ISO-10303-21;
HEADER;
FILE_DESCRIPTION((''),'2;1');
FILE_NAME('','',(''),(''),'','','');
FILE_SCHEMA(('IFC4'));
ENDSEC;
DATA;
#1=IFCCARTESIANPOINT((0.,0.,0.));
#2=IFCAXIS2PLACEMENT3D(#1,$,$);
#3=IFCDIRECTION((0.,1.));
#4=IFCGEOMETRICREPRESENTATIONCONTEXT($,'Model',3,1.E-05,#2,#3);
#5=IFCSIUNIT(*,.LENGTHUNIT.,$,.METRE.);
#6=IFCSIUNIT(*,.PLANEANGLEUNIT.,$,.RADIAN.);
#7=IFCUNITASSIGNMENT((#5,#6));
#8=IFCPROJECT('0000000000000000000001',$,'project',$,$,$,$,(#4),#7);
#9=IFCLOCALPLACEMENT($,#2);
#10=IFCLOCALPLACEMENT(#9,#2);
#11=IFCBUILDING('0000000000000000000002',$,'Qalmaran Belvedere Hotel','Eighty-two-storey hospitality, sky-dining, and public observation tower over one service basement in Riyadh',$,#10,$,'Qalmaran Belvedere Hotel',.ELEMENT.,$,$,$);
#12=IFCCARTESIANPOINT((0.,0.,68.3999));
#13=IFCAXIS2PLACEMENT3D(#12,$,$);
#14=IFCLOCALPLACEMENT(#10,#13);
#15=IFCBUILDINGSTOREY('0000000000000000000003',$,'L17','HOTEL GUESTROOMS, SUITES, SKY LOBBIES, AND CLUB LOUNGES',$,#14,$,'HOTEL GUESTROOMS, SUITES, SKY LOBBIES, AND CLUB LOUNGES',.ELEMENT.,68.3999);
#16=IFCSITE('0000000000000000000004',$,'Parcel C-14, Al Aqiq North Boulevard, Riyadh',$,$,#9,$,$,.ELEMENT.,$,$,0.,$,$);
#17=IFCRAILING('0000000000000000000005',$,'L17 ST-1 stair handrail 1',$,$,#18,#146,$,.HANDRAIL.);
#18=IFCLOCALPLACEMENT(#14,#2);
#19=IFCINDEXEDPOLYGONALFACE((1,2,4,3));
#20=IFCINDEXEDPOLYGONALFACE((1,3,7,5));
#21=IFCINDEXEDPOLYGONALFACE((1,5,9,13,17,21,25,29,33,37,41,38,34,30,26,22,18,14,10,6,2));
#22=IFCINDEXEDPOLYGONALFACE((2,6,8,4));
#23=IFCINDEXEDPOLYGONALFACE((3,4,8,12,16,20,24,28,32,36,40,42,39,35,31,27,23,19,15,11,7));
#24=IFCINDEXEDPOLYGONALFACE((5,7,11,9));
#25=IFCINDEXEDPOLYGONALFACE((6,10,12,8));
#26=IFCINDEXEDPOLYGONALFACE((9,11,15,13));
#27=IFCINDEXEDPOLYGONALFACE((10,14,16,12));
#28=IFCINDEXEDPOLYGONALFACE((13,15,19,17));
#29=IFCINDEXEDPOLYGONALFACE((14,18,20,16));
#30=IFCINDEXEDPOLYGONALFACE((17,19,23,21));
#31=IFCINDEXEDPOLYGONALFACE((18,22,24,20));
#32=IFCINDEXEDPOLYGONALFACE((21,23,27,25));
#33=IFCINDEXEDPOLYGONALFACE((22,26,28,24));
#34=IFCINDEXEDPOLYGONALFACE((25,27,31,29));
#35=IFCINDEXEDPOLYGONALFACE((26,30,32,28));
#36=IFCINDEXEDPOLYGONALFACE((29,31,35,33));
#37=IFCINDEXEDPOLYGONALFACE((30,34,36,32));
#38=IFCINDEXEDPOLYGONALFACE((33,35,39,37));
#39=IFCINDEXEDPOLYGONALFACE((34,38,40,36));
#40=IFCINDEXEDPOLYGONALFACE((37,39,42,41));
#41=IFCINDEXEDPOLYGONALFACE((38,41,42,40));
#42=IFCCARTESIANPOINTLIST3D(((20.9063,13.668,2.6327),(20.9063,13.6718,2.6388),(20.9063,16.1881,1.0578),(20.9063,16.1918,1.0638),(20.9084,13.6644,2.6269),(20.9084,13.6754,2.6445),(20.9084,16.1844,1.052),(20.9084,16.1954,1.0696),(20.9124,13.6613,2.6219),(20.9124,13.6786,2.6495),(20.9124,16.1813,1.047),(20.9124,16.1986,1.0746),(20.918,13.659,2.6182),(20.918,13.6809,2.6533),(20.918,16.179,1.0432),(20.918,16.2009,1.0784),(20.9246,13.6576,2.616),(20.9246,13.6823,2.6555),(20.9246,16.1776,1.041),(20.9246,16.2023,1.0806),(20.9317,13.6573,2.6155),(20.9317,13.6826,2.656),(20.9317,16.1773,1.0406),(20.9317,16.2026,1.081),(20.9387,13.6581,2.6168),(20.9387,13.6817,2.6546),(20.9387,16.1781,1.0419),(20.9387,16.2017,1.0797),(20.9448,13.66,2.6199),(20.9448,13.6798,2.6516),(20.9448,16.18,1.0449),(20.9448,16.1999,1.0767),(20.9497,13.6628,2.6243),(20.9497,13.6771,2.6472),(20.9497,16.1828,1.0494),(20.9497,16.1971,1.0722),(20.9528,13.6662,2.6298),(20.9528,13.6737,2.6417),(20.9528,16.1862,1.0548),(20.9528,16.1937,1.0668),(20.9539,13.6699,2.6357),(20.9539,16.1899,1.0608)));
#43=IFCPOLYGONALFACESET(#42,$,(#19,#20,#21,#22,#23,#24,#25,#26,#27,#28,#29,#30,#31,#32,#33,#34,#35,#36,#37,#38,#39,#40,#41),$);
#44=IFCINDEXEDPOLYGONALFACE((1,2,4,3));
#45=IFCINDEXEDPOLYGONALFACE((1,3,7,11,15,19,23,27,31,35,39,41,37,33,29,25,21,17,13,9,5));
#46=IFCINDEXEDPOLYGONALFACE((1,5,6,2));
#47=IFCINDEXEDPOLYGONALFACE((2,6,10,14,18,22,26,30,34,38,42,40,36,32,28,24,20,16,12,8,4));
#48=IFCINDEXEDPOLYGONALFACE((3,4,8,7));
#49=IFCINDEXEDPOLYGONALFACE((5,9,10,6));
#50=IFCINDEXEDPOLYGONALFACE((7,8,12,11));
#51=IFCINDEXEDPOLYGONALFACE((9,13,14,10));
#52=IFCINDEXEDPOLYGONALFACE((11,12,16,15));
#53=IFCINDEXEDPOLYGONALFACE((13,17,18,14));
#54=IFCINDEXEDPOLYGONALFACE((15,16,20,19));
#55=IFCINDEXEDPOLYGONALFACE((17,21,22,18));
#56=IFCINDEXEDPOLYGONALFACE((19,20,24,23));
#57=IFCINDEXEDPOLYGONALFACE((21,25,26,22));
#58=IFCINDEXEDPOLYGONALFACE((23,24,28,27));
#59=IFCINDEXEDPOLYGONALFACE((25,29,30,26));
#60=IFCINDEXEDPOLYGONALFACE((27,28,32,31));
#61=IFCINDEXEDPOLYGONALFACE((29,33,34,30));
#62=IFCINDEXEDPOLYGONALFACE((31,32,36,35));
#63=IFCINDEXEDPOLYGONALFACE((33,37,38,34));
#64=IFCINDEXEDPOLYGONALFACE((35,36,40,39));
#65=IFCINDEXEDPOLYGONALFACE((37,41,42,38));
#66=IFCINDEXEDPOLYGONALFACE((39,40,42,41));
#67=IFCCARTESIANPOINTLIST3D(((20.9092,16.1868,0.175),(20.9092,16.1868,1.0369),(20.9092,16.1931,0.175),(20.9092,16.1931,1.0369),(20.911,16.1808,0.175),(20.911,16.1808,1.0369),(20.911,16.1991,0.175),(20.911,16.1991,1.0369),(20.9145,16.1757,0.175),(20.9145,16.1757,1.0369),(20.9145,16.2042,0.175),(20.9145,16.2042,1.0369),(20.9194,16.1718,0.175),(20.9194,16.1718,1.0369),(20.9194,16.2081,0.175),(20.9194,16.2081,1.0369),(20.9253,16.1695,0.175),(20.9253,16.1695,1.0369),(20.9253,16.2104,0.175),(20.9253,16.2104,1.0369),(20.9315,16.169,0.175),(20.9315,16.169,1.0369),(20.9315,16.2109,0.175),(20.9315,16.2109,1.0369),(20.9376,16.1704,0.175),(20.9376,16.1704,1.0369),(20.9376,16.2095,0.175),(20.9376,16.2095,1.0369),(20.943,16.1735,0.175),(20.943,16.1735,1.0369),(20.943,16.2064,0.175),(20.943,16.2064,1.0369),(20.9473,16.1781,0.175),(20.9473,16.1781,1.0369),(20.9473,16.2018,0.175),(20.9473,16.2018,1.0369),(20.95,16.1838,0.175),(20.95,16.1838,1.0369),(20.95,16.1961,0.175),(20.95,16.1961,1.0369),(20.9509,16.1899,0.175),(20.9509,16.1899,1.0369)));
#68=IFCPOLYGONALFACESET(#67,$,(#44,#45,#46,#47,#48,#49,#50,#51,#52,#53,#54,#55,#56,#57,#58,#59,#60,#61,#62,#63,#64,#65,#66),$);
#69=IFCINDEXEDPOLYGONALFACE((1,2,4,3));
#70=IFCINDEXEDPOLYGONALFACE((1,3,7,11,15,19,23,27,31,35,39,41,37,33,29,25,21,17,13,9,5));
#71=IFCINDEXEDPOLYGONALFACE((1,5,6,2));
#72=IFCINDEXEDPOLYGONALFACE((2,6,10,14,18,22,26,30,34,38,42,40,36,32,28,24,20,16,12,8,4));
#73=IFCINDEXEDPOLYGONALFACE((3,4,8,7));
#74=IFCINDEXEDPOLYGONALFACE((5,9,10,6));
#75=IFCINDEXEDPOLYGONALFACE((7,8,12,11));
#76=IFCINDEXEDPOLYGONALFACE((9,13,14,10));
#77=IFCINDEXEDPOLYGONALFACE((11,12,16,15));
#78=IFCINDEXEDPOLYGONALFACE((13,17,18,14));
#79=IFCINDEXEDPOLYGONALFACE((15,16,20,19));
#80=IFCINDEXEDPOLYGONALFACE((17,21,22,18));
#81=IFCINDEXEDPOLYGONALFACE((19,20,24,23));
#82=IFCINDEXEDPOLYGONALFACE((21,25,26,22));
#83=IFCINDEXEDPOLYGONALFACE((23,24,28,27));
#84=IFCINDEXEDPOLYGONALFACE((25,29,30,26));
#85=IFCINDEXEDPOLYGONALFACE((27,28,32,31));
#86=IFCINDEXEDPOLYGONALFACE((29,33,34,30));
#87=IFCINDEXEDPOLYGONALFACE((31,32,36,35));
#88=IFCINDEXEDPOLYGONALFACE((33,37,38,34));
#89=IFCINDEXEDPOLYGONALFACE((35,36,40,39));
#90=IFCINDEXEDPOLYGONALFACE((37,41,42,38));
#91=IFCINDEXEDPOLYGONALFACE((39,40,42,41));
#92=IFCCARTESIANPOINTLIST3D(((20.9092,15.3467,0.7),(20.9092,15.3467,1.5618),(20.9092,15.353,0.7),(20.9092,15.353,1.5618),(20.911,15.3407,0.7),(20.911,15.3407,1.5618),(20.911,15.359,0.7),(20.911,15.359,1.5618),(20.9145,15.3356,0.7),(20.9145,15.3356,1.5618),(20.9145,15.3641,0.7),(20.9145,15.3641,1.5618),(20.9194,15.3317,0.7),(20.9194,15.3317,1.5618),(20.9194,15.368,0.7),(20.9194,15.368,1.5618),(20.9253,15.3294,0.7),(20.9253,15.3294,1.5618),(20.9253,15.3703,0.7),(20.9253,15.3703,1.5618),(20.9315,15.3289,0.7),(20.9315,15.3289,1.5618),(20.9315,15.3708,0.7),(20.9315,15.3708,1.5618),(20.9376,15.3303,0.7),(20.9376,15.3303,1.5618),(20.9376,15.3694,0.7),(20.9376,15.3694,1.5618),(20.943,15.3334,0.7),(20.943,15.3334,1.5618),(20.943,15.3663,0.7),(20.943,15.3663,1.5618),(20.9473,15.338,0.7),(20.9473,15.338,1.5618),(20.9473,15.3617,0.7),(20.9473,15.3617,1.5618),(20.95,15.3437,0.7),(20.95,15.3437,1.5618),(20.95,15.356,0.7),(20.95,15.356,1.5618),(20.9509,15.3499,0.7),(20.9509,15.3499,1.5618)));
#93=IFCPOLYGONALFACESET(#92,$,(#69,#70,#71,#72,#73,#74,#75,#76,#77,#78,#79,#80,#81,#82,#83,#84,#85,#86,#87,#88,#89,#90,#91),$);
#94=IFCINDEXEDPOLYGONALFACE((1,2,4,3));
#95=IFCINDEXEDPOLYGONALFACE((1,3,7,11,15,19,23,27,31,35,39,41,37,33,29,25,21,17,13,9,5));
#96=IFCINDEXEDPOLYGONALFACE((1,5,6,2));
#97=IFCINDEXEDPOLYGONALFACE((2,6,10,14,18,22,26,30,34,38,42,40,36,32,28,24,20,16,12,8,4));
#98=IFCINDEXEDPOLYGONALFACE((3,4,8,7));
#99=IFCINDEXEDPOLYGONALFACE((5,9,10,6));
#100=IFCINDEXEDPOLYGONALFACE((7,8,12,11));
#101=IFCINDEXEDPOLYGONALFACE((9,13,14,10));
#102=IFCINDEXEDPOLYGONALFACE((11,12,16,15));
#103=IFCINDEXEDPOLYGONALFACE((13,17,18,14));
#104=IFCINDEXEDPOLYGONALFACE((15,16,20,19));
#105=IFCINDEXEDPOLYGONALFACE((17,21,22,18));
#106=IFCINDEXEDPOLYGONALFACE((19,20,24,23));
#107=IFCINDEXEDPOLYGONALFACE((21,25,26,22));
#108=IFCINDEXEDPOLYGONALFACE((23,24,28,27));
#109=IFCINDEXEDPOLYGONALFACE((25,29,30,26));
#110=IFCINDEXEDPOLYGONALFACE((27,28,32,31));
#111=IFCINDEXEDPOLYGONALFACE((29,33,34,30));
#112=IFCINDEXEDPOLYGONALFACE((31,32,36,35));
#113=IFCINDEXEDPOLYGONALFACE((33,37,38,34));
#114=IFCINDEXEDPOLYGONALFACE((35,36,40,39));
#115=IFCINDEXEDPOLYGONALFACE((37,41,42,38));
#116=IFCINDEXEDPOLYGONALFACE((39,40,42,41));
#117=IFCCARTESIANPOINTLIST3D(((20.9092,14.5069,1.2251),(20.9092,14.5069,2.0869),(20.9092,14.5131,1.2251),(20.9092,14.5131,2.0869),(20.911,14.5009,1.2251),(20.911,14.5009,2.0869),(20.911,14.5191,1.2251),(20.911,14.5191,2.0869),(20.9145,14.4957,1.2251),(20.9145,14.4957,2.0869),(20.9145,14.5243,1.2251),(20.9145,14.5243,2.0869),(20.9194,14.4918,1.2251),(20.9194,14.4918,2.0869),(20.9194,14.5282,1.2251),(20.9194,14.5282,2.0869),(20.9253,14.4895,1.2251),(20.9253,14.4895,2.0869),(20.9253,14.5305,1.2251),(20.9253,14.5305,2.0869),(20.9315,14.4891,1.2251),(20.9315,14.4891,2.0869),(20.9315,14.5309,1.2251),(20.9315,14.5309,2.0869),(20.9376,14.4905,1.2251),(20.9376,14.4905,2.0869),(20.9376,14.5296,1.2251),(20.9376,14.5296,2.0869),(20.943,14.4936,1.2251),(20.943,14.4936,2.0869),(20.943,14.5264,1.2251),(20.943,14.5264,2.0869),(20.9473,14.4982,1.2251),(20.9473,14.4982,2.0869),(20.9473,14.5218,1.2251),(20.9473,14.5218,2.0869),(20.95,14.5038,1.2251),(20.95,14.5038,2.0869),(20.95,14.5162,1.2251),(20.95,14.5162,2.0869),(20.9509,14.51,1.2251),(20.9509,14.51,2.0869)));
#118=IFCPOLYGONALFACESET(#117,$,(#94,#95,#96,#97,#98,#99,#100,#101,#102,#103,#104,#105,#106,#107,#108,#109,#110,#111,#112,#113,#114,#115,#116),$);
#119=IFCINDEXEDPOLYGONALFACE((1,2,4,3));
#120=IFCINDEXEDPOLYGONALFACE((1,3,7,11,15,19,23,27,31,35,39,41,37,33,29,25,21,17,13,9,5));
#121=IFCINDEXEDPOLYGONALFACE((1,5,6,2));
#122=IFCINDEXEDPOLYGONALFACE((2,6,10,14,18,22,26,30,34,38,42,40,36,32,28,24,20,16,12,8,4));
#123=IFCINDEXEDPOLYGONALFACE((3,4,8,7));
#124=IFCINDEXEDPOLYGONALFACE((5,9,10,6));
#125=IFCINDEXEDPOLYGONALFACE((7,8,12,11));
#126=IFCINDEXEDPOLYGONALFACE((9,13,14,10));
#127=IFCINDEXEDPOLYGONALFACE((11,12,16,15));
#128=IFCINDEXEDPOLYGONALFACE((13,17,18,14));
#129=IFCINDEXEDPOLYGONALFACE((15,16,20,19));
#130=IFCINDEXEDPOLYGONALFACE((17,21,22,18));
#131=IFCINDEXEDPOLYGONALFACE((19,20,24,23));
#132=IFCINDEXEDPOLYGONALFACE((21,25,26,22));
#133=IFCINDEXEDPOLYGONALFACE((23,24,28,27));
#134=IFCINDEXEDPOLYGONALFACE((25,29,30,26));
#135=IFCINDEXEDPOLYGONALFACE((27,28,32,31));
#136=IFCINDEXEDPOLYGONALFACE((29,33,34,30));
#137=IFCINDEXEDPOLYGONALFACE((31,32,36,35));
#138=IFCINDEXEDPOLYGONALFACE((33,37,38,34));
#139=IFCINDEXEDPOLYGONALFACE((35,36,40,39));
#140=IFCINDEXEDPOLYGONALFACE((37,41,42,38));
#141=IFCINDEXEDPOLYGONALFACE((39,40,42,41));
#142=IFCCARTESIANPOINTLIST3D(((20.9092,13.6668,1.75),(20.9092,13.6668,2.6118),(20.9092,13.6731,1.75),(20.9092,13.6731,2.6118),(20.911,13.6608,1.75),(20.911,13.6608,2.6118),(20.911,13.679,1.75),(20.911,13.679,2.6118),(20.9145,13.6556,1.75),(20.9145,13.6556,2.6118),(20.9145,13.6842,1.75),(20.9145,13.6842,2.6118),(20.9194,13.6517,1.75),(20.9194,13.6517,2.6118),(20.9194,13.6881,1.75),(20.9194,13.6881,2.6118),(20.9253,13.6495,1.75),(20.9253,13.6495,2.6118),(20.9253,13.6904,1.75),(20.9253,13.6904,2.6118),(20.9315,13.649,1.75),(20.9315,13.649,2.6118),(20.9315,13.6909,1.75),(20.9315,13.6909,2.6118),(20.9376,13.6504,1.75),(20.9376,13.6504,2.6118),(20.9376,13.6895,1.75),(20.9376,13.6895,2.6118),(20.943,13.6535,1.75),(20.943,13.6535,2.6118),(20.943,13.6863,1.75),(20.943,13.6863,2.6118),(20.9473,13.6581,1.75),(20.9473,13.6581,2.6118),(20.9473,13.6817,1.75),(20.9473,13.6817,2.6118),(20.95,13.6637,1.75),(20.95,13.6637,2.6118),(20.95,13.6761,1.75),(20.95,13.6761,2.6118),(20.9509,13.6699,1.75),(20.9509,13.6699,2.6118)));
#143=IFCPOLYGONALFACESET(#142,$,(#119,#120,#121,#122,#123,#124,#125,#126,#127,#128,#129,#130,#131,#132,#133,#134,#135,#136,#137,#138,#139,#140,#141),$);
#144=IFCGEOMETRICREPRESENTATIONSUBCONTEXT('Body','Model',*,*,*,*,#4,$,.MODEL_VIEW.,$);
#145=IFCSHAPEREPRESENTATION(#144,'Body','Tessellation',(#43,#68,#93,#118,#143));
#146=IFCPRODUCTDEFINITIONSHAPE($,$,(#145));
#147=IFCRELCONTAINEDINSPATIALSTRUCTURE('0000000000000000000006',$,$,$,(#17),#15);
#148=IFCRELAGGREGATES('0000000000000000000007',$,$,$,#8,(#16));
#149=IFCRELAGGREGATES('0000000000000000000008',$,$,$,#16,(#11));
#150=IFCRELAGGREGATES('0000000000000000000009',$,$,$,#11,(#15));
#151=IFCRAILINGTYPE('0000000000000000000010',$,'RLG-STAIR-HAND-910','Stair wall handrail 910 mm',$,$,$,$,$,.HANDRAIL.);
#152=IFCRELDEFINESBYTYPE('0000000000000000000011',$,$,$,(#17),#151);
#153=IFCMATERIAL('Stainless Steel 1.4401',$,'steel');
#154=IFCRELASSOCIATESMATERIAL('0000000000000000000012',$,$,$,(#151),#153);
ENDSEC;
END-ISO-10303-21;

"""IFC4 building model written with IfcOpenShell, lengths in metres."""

from ifc_helpers import new_model, si_unit, direction, frame, origin, origin_2d, place, context, subcontext, project, spatial, circle, extrude, material, type_object, element, save


model = new_model("IFC4")

# Units and contexts
model_context = context("Model", 3, precision=1e-05, world=origin(), true_north=direction((0.0, 1.0)))
body_context = subcontext(model_context, "Body", "Model", "MODEL_VIEW")
ifc_project = project(units=[si_unit("LENGTHUNIT", "METRE"), si_unit("PLANEANGLEUNIT", "RADIAN")], contexts=[model_context])

# Site, building, storey
site_placement = place(None, origin())
site = spatial("IfcSite", under=ifc_project, at=site_placement, Name="Parcel C-14, Al Aqiq North Boulevard, Riyadh", CompositionType="ELEMENT", RefElevation=0.0)
building_placement = place(site_placement, origin())
building = spatial("IfcBuilding", under=site, at=building_placement, Name="Qalmaran Belvedere Hotel", Description="Eighty-two-storey hospitality, sky-dining, and public observation tower over one service basement in Riyadh", LongName="Qalmaran Belvedere Hotel", CompositionType="ELEMENT")
storey_placement = place(building_placement, frame((0.0, 0.0, 68.3999)))
storey = spatial("IfcBuildingStorey", under=building, at=storey_placement, Name="L17", Description="HOTEL GUESTROOMS, SUITES, SKY LOBBIES, AND CLUB LOUNGES", LongName="HOTEL GUESTROOMS, SUITES, SKY LOBBIES, AND CLUB LOUNGES", CompositionType="ELEMENT", Elevation=68.3999)

# Shared definitions
ifc_material_1 = material(Name="Stainless Steel 1.4401", Category="steel")

# Railing
railing_type = type_object("IfcRailingType", Name="RLG-STAIR-HAND-910", Description="Stair wall handrail 910 mm", PredefinedType="HANDRAIL", material=ifc_material_1)
railing_placement = place(storey_placement, frame((20.9299, 16.1899, 0.175)))
element("IfcRailing", 1, at=railing_placement, inside=storey, type_object=railing_type, Name="L17 ST-1 stair handrail 1", PredefinedType="HANDRAIL", context=body_context, shape_type="SweptSolid", body=[
    extrude(circle(Radius=0.0239, at=origin_2d()), frame((0.0, 0.0, 0.8857), z_axis=(0.0, -0.848008, 0.529984), x_axis=(1.0, 0.0, 0.0)), (0.0, 0.0, 1.0), 2.9717),
    extrude(circle(Radius=0.021, at=origin_2d()), origin(), (0.0, 0.0, 1.0), 0.8618),
    extrude(circle(Radius=0.021, at=origin_2d()), frame((0.0, -0.8401, 0.5249)), (0.0, 0.0, 1.0), 0.8618),
    extrude(circle(Radius=0.021, at=origin_2d()), frame((0.0, -1.6799, 1.05)), (0.0, 0.0, 1.0), 0.8618),
    extrude(circle(Radius=0.021, at=origin_2d()), frame((0.0, -2.52, 1.575)), (0.0, 0.0, 1.0), 0.8618),
])

save(model, "model.ifc")
